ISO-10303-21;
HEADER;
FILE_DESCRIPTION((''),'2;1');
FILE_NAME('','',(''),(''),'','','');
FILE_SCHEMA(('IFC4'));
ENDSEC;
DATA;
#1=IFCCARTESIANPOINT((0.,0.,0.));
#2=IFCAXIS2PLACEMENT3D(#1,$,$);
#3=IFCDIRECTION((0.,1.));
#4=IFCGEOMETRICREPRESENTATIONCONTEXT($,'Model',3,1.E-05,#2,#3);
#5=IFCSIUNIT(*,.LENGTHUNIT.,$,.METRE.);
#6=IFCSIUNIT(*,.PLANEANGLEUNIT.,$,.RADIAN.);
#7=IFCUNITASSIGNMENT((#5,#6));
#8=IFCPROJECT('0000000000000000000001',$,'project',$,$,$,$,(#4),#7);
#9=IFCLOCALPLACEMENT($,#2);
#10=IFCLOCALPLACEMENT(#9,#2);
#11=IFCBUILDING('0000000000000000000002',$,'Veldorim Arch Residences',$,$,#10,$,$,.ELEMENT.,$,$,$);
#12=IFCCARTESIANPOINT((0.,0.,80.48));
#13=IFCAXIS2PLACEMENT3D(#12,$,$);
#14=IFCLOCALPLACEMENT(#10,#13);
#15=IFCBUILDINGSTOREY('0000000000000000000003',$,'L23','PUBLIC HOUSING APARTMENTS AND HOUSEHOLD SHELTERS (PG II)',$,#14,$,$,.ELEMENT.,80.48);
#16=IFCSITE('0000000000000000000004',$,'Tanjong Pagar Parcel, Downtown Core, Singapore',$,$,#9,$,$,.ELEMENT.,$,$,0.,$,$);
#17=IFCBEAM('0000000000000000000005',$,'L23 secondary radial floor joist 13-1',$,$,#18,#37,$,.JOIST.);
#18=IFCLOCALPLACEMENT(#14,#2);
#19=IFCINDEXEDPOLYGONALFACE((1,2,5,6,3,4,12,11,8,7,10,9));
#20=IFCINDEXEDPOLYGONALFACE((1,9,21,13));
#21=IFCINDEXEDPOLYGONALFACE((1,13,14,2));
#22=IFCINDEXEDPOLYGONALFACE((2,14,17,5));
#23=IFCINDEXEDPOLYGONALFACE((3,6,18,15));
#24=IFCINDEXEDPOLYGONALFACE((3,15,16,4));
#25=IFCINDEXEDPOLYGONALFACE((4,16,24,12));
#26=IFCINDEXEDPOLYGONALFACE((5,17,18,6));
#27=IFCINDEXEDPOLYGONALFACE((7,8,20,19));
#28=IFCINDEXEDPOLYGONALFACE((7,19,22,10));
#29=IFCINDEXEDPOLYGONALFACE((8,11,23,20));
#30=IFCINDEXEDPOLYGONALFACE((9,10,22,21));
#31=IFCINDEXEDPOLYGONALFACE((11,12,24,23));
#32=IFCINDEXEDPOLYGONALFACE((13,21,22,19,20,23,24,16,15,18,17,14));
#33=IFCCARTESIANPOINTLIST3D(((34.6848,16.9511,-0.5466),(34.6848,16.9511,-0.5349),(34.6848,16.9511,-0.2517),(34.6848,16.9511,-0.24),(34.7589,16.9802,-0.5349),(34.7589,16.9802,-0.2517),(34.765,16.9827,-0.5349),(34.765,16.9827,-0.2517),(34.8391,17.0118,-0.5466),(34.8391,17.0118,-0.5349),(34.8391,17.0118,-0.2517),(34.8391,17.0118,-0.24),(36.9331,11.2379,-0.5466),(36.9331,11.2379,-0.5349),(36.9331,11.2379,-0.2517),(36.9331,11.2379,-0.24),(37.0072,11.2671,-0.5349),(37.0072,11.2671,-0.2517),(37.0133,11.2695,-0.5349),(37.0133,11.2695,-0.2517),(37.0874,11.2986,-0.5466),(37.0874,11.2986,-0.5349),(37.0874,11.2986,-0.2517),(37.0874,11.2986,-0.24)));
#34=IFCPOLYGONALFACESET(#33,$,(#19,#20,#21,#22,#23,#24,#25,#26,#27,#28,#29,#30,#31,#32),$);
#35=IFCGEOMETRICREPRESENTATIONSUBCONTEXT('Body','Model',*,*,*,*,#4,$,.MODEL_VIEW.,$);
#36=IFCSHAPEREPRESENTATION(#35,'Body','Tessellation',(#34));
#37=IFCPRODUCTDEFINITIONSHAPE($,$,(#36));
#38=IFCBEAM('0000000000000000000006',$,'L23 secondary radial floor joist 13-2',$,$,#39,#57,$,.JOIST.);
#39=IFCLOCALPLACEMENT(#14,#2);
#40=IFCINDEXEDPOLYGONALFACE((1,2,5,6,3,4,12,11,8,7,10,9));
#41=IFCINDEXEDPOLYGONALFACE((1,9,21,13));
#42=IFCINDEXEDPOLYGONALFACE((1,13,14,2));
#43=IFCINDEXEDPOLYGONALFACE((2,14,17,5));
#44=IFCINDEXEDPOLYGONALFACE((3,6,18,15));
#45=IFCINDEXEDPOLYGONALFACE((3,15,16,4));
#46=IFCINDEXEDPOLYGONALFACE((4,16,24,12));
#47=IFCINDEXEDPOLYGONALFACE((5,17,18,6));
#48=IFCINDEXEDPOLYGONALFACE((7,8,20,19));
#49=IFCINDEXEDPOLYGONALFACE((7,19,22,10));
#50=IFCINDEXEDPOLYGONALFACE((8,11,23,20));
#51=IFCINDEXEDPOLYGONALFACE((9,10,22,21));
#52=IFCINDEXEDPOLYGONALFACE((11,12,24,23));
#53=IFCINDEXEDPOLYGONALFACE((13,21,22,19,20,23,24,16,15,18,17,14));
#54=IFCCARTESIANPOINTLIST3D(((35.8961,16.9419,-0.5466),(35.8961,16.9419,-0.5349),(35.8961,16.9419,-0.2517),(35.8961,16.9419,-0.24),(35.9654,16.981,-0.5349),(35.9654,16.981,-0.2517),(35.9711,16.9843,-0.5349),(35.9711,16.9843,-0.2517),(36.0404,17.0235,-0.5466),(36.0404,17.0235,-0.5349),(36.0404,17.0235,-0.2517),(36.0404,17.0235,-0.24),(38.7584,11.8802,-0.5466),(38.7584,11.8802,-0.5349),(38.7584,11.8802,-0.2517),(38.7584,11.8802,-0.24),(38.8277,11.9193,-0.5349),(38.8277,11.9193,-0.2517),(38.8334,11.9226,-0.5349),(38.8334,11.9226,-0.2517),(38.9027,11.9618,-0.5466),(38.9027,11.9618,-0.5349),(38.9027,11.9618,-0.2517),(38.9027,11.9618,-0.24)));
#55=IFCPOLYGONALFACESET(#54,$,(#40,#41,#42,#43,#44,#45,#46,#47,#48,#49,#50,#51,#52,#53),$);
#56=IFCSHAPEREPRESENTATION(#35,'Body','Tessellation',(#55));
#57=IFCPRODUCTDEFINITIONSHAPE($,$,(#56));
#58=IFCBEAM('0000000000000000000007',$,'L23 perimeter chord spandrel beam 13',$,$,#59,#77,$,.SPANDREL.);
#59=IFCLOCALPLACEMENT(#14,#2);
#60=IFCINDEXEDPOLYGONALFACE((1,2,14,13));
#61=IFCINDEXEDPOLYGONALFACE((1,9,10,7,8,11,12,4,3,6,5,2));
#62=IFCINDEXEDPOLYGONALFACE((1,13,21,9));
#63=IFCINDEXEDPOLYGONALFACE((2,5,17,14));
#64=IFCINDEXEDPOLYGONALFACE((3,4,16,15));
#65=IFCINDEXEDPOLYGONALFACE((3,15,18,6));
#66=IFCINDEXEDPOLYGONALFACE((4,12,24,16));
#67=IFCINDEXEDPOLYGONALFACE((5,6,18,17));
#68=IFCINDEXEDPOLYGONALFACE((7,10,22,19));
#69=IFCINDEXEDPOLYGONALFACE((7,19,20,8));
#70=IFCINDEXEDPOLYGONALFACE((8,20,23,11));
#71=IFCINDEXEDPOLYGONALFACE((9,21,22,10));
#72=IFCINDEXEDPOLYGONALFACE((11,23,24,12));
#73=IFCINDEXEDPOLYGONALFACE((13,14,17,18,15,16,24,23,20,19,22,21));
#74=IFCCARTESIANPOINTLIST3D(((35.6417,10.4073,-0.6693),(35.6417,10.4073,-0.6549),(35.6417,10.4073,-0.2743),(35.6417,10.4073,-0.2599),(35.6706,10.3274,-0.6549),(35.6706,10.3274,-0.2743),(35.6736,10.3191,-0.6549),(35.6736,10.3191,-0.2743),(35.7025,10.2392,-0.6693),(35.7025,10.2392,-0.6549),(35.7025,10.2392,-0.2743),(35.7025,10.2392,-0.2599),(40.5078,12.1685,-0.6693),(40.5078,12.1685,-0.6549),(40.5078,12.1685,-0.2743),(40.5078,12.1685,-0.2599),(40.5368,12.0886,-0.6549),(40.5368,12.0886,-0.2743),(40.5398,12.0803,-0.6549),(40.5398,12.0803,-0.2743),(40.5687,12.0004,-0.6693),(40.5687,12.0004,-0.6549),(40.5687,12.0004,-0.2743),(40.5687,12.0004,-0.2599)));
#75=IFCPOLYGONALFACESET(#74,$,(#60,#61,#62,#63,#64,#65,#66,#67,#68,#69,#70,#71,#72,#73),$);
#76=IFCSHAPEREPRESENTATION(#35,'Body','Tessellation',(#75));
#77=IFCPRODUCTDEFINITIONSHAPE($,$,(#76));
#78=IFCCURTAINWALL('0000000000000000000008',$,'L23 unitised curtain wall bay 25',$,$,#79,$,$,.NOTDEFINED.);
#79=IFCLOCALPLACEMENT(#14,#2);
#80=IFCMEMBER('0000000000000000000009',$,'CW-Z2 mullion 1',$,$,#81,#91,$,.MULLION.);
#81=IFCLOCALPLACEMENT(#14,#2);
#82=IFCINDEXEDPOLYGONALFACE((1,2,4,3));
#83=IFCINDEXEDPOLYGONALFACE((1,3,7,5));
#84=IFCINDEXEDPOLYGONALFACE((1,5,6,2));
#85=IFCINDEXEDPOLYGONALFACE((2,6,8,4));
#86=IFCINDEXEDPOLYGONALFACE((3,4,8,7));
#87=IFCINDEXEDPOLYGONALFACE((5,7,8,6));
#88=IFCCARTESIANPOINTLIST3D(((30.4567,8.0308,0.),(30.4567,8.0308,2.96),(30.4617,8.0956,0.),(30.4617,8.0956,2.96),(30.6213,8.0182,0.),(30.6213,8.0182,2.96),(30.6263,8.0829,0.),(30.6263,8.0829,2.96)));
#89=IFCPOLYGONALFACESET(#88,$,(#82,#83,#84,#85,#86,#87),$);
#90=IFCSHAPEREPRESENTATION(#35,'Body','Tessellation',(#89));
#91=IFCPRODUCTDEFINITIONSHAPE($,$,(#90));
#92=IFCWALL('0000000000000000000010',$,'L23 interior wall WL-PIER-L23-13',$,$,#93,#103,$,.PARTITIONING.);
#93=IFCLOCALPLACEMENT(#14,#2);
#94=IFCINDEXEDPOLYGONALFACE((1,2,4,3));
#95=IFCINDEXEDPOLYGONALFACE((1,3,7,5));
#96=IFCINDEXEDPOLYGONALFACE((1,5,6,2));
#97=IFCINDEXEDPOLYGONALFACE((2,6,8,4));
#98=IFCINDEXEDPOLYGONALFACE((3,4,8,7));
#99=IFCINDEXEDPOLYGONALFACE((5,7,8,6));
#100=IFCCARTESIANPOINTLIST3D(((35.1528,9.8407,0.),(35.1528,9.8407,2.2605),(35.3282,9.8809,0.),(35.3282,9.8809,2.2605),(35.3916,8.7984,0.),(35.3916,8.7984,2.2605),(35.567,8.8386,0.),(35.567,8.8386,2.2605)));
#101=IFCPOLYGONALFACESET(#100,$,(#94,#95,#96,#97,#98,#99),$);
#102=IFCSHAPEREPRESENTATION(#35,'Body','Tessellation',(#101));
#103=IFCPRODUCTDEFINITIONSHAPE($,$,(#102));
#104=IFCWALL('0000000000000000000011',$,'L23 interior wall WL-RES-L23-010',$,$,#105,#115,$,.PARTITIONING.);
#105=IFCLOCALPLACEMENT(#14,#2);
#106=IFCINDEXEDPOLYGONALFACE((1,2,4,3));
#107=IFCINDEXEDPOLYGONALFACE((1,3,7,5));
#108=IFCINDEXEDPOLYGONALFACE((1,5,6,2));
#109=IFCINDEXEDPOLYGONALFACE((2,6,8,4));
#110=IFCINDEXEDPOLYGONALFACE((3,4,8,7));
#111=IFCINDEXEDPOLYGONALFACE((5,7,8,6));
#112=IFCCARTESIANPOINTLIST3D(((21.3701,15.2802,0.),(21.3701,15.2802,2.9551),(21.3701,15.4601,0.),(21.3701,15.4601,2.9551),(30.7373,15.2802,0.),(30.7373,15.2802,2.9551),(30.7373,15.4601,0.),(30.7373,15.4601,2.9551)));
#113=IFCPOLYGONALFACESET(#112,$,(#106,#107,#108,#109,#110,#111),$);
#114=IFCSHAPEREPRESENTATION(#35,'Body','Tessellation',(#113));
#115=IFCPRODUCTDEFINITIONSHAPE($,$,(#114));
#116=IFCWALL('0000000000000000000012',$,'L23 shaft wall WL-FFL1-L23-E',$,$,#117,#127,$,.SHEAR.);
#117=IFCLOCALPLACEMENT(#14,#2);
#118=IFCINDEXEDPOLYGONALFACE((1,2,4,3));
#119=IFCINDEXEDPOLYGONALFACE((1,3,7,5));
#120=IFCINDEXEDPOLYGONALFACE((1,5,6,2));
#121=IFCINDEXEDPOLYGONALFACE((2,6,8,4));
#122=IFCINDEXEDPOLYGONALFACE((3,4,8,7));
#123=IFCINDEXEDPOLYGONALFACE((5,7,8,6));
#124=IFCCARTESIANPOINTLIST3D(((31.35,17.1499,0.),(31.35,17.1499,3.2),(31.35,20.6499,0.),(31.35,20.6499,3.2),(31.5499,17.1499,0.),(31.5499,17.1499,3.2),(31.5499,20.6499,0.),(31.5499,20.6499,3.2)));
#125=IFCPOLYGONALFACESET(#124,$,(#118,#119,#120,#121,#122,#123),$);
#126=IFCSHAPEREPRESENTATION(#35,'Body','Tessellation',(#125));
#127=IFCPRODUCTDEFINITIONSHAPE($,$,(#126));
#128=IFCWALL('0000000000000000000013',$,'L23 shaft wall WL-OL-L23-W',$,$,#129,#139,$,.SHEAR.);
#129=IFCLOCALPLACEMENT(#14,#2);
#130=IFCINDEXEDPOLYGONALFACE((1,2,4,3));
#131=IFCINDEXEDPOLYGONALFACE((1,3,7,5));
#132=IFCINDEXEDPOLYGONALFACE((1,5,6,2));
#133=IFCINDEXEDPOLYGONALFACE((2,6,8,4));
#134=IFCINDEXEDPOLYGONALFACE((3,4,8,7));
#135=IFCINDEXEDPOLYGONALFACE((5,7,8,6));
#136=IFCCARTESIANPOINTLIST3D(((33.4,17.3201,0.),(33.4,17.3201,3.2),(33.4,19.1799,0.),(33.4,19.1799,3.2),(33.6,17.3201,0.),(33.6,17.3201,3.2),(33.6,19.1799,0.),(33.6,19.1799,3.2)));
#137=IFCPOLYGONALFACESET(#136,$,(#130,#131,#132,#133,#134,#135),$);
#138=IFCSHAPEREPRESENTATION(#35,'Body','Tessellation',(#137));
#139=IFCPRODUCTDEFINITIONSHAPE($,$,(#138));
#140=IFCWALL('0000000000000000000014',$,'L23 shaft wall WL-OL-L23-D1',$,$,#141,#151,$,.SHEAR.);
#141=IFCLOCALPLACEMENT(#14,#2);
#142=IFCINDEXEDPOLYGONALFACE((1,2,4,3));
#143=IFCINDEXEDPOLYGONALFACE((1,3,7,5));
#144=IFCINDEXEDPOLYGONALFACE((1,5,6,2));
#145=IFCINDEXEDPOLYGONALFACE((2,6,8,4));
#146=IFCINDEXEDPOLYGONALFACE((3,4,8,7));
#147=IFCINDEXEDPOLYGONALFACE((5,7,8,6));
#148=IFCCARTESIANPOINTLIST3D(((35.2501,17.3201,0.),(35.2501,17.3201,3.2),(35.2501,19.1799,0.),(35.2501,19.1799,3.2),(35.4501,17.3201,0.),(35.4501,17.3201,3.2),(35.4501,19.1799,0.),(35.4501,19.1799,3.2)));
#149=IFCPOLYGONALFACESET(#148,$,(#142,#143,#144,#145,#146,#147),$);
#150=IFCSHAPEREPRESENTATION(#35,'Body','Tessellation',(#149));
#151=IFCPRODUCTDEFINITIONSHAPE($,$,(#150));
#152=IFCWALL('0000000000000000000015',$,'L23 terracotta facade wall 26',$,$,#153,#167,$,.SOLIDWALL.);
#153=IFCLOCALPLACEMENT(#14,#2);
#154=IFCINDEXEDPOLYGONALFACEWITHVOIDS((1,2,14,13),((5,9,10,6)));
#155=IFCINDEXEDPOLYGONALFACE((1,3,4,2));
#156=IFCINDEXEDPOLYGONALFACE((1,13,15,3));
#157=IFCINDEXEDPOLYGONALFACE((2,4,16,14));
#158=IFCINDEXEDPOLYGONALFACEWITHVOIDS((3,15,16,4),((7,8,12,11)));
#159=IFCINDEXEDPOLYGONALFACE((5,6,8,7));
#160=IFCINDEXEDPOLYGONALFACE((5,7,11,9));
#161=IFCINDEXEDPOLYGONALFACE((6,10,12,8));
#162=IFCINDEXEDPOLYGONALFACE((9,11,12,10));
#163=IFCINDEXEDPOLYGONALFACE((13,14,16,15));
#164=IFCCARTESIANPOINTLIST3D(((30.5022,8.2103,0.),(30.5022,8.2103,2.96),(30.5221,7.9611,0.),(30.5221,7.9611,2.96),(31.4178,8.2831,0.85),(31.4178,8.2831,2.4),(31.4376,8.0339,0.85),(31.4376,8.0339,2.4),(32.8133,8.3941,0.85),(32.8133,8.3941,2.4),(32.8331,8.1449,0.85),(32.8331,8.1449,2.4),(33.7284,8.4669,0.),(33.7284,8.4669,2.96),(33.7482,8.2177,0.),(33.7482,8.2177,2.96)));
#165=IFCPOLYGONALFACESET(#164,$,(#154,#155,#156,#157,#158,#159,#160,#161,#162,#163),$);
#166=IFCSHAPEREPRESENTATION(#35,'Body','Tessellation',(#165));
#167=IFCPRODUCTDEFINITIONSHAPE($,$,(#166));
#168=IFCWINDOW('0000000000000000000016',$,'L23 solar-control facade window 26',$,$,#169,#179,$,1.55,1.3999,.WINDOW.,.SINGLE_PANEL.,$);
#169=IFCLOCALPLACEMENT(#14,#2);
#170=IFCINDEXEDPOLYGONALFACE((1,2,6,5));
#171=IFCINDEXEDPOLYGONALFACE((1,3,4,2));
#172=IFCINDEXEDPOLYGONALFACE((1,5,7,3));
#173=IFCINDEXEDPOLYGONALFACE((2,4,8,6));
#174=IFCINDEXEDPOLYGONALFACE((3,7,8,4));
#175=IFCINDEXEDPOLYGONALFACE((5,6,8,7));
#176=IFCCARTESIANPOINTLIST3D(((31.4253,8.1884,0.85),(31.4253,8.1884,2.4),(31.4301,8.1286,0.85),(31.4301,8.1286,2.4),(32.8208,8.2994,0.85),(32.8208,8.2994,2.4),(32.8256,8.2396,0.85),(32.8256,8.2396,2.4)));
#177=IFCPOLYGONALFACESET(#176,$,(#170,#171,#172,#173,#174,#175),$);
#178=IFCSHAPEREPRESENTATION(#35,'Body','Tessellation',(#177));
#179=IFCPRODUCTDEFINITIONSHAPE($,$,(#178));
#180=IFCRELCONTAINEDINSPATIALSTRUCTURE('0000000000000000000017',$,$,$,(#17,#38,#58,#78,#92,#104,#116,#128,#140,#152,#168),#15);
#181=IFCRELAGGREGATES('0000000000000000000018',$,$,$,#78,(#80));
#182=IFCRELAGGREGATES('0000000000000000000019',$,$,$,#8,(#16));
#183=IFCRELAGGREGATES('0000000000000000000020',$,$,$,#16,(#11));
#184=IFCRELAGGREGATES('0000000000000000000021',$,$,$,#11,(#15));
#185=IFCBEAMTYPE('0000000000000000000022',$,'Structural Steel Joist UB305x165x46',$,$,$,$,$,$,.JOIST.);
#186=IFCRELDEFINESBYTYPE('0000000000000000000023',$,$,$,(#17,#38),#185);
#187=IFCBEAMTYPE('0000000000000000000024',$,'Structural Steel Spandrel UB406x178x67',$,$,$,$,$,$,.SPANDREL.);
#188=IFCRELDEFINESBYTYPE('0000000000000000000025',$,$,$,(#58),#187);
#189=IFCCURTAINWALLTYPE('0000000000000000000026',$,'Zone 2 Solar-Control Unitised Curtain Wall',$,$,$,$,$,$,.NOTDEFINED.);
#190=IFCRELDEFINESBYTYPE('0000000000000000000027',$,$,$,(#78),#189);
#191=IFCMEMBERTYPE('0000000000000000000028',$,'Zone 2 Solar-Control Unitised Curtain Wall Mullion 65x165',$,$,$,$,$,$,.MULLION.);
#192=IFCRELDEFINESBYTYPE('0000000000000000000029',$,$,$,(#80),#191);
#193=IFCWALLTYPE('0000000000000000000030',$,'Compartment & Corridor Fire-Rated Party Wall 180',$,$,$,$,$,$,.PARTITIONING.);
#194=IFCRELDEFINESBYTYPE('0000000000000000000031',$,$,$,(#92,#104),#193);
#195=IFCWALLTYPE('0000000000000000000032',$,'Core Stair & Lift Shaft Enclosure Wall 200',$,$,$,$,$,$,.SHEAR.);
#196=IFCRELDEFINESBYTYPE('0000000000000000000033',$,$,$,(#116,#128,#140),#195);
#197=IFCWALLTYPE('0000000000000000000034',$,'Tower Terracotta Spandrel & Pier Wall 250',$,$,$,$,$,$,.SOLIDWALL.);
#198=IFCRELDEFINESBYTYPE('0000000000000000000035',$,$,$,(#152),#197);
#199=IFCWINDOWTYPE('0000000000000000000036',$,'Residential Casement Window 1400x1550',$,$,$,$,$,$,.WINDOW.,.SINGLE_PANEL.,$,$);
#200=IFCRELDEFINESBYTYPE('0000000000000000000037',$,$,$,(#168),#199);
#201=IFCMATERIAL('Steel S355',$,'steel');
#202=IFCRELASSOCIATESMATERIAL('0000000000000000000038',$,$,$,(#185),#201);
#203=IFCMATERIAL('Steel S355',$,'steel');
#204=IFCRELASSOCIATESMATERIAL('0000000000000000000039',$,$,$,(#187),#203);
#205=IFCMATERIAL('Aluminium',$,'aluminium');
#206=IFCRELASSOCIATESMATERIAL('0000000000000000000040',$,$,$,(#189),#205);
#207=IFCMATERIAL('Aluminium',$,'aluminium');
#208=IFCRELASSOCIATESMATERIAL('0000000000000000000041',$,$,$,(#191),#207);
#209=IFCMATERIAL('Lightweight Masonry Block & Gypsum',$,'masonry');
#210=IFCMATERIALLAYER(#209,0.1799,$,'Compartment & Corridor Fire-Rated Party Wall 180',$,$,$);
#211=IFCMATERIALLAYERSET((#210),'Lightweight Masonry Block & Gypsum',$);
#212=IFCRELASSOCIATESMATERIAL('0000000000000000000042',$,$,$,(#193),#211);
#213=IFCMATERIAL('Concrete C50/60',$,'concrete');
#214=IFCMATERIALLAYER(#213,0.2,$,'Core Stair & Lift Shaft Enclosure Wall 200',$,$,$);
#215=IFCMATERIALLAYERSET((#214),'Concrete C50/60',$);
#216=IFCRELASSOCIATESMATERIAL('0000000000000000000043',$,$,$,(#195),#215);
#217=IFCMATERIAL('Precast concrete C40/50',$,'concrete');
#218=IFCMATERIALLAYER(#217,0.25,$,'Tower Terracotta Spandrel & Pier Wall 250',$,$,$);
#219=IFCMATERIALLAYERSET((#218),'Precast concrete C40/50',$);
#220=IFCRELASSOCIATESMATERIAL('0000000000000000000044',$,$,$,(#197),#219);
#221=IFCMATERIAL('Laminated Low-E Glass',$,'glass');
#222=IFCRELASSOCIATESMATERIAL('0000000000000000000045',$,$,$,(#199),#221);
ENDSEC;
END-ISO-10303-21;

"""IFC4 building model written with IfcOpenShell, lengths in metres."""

from ifc_helpers import new_model, si_unit, direction, frame, frame_2d, origin, origin_2d, place, context, subcontext, project, spatial, rectangle, i_section, extrude, material, layer, layer_set, material_profile, profile_set, type_object, element, fill, aggregate, save


model = new_model("IFC4")

# Units and contexts
model_context = context("Model", 3, precision=1e-05, world=origin(), true_north=direction((0.0, 1.0)))
body_context = subcontext(model_context, "Body", "Model", "MODEL_VIEW")
ifc_project = project(units=[si_unit("LENGTHUNIT", "METRE"), si_unit("PLANEANGLEUNIT", "RADIAN")], contexts=[model_context])

# Site, building, storey
site_placement = place(None, origin())
site = spatial("IfcSite", under=ifc_project, at=site_placement, Name="Tanjong Pagar Parcel, Downtown Core, Singapore", CompositionType="ELEMENT", RefElevation=0.0)
building_placement = place(site_placement, origin())
building = spatial("IfcBuilding", under=site, at=building_placement, Name="Veldorim Arch Residences", CompositionType="ELEMENT")
storey_placement = place(building_placement, frame((0.0, 0.0, 80.48)))
storey = spatial("IfcBuildingStorey", under=building, at=storey_placement, Name="L23", Description="PUBLIC HOUSING APARTMENTS AND HOUSEHOLD SHELTERS (PG II)", CompositionType="ELEMENT", Elevation=80.48)

# Beams
ifc_material_1 = material(Name="Steel S355", Category="steel")
ifc_material_profile_1 = material_profile(ifc_material_1, i_section(OverallWidth=0.1658, OverallDepth=0.3066, WebThickness=0.0066, FlangeThickness=0.0117, at=origin_2d()), Name="UB305x165x46")
ifc_profile_set_1 = profile_set([ifc_material_profile_1], Name="Steel S355")
beam_type_1 = type_object("IfcBeamType", Name="Structural Steel Joist UB305x165x46", PredefinedType="JOIST", material=ifc_profile_set_1)
beam_1_placement = place(storey_placement, frame((34.762, 16.9814, -0.3933), z_axis=(0.366195, -0.930538, 0.0), x_axis=(0.930538, 0.366195, 0.0)))
element("IfcBeam", 1, at=beam_1_placement, inside=storey, type_object=beam_type_1, Name="L23 secondary radial floor joist 13-1", PredefinedType="JOIST", context=body_context, shape_type="SweptSolid", body=[
    extrude(i_section(OverallWidth=0.1658, OverallDepth=0.3066, WebThickness=0.0066, FlangeThickness=0.0117, at=origin_2d()), origin(), (0.0, 0.0, 1.0), 6.1396),
])
beam_2_placement = place(storey_placement, frame((35.9683, 16.9827, -0.3933), z_axis=(0.492227, -0.870467, 0.0), x_axis=(0.870467, 0.492227, 0.0)))
element("IfcBeam", 2, at=beam_2_placement, inside=storey, type_object=beam_type_1, Name="L23 secondary radial floor joist 13-2", PredefinedType="JOIST", context=body_context, shape_type="SweptSolid", body=[
    extrude(i_section(OverallWidth=0.1658, OverallDepth=0.3066, WebThickness=0.0066, FlangeThickness=0.0117, at=origin_2d()), origin(), (0.0, 0.0, 1.0), 5.8149),
])
ifc_material_2 = material(Name="Steel S355", Category="steel")
ifc_material_profile_2 = material_profile(ifc_material_2, i_section(OverallWidth=0.1787, OverallDepth=0.4094, WebThickness=0.0088, FlangeThickness=0.0144, at=origin_2d()), Name="UB406x178x67")
ifc_profile_set_2 = profile_set([ifc_material_profile_2], Name="Steel S355")
beam_type_2 = type_object("IfcBeamType", Name="Structural Steel Spandrel UB406x178x67", PredefinedType="SPANDREL", material=ifc_profile_set_2)
beam_3_placement = place(storey_placement, frame((35.6721, 10.3232, -0.4646), z_axis=(0.940308, 0.340326, 0.0), x_axis=(-0.340326, 0.940308, 0.0)))
element("IfcBeam", 3, at=beam_3_placement, inside=storey, type_object=beam_type_2, Name="L23 perimeter chord spandrel beam 13", PredefinedType="SPANDREL", context=body_context, shape_type="SweptSolid", body=[
    extrude(i_section(OverallWidth=0.1787, OverallDepth=0.4094, WebThickness=0.0088, FlangeThickness=0.0144, at=origin_2d()), origin(), (0.0, 0.0, 1.0), 5.175),
])

# Curtain wall, member
ifc_material_3 = material(Name="Aluminium", Category="aluminium")
curtain_wall_type = type_object("IfcCurtainWallType", Name="Zone 2 Solar-Control Unitised Curtain Wall", PredefinedType="NOTDEFINED", material=ifc_material_3)
curtain_wall_placement = place(storey_placement, origin())
curtain_wall = element("IfcCurtainWall", 4, at=curtain_wall_placement, inside=storey, type_object=curtain_wall_type, Name="L23 unitised curtain wall bay 25", PredefinedType="NOTDEFINED")
ifc_material_4 = material(Name="Aluminium", Category="aluminium")
ifc_material_profile_3 = material_profile(ifc_material_4, rectangle(XDim=0.0649, YDim=0.165, at=origin_2d()), Name="ALU_MUL_65x165")
ifc_profile_set_3 = profile_set([ifc_material_profile_3], Name="Aluminium")
member_type = type_object("IfcMemberType", Name="Zone 2 Solar-Control Unitised Curtain Wall Mullion 65x165", PredefinedType="MULLION", material=ifc_profile_set_3)
member_placement = place(storey_placement, frame((30.5415, 8.0569, 0.0), z_axis=(0.0, 0.0, 1.0), x_axis=(-0.076696, -0.997054, 0.0)))
member = element("IfcMember", 5, at=member_placement, type_object=member_type, Name="CW-Z2 mullion 1", PredefinedType="MULLION", context=body_context, shape_type="SweptSolid", body=[
    extrude(rectangle(XDim=0.0649, YDim=0.165, at=origin_2d()), origin(), (0.0, 0.0, 1.0), 2.96),
])
aggregate(curtain_wall, [member])

# Walls
ifc_material_5 = material(Name="Lightweight Masonry Block & Gypsum", Category="masonry")
ifc_layer_1 = layer(ifc_material_5, 0.1799, Name="Compartment & Corridor Fire-Rated Party Wall 180")
ifc_layer_set_1 = layer_set([ifc_layer_1], Name="Lightweight Masonry Block & Gypsum")
wall_type_1 = type_object("IfcWallType", Name="Compartment & Corridor Fire-Rated Party Wall 180", PredefinedType="PARTITIONING", material=ifc_layer_set_1)
wall_1_placement = place(storey_placement, frame((35.2405, 9.8608, 0.0), z_axis=(0.0, 0.0, 1.0), x_axis=(0.223308, -0.974748, 0.0)))
element("IfcWall", 6, at=wall_1_placement, inside=storey, type_object=wall_type_1, Name="L23 interior wall WL-PIER-L23-13", PredefinedType="PARTITIONING", context=body_context, shape_type="SweptSolid", body=[
    extrude(rectangle(XDim=1.0693, YDim=0.1799, at=frame_2d((0.5347, 0.0))), origin(), (0.0, 0.0, 1.0), 2.2605),
])
wall_2_placement = place(storey_placement, frame((30.7373, 15.3701, 0.0), z_axis=(0.0, 0.0, 1.0), x_axis=(-1.0, 0.0, 0.0)))
element("IfcWall", 7, at=wall_2_placement, inside=storey, type_object=wall_type_1, Name="L23 interior wall WL-RES-L23-010", PredefinedType="PARTITIONING", context=body_context, shape_type="SweptSolid", body=[
    extrude(rectangle(XDim=9.3672, YDim=0.1799, at=frame_2d((4.6836, 0.0))), origin(), (0.0, 0.0, 1.0), 2.9551),
])
ifc_material_6 = material(Name="Concrete C50/60", Category="concrete")
ifc_layer_2 = layer(ifc_material_6, 0.2, Name="Core Stair & Lift Shaft Enclosure Wall 200")
ifc_layer_set_2 = layer_set([ifc_layer_2], Name="Concrete C50/60")
wall_type_2 = type_object("IfcWallType", Name="Core Stair & Lift Shaft Enclosure Wall 200", PredefinedType="SHEAR", material=ifc_layer_set_2)
wall_3_placement = place(storey_placement, frame((31.45, 17.1499, 0.0), z_axis=(0.0, 0.0, 1.0), x_axis=(0.0, 1.0, 0.0)))
element("IfcWall", 8, at=wall_3_placement, inside=storey, type_object=wall_type_2, Name="L23 shaft wall WL-FFL1-L23-E", PredefinedType="SHEAR", context=body_context, shape_type="SweptSolid", body=[
    extrude(rectangle(XDim=3.5, YDim=0.2, at=frame_2d((1.75, 0.0))), origin(), (0.0, 0.0, 1.0), 3.2),
])
for number, where, z_axis, x_axis, name in (
    (9, (33.5, 17.3201, 0.0), (0.0, 0.0, 1.0), (0.0, 1.0, 0.0), "L23 shaft wall WL-OL-L23-W"),
    (10, (35.3501, 17.3201, 0.0), (0.0, 0.0, 1.0), (0.0, 1.0, 0.0), "L23 shaft wall WL-OL-L23-D1"),
):
    element("IfcWall", number, at=place(storey_placement, frame(where, z_axis=z_axis, x_axis=x_axis)), inside=storey, type_object=wall_type_2, Name=name, PredefinedType="SHEAR", context=body_context, shape_type="SweptSolid", body=[
        extrude(rectangle(XDim=1.8599, YDim=0.2, at=frame_2d((0.9299, 0.0))), origin(), (0.0, 0.0, 1.0), 3.2),
    ])

# Wall, opening, window
ifc_material_7 = material(Name="Precast concrete C40/50", Category="concrete")
ifc_layer_3 = layer(ifc_material_7, 0.25, Name="Tower Terracotta Spandrel & Pier Wall 250")
ifc_layer_set_3 = layer_set([ifc_layer_3], Name="Precast concrete C40/50")
wall_type_3 = type_object("IfcWallType", Name="Tower Terracotta Spandrel & Pier Wall 250", PredefinedType="SOLIDWALL", material=ifc_layer_set_3)
wall_4_placement = place(storey_placement, frame((33.7383, 8.3423, 0.0), z_axis=(0.0, 0.0, 1.0), x_axis=(-0.996852, -0.079286, 0.0)))
wall_4 = element("IfcWall", 11, at=wall_4_placement, inside=storey, type_object=wall_type_3, Name="L23 terracotta facade wall 26", PredefinedType="SOLIDWALL", context=body_context, shape_type="SweptSolid", body=[
    extrude(rectangle(XDim=3.2363, YDim=0.25, at=frame_2d((1.6182, 0.0))), origin(), (0.0, 0.0, 1.0), 2.96),
])
opening_placement = place(wall_4_placement, frame((0.918, 0.0, 0.8501)))
opening = element("IfcOpeningElement", 12, at=opening_placement, cuts=wall_4, PredefinedType="OPENING", context=body_context, shape_type="SweptSolid", body=[
    extrude(rectangle(XDim=1.3999, YDim=1.55, at=frame_2d((0.7, 0.7749))), frame((0.0, 0.135, 0.0), z_axis=(0.0, -1.0, 0.0), x_axis=(1.0, 0.0, 0.0)), (0.0, 0.0, 1.0), 0.27),
])
ifc_material_8 = material(Name="Laminated Low-E Glass", Category="glass")
window_type = type_object("IfcWindowType", Name="Residential Casement Window 1400x1550", PartitioningType="SINGLE_PANEL", PredefinedType="WINDOW", material=ifc_material_8)
window_placement = place(opening_placement, origin())
window = element("IfcWindow", 13, at=window_placement, inside=storey, type_object=window_type, Name="L23 solar-control facade window 26", OverallHeight=1.55, OverallWidth=1.3999, PartitioningType="SINGLE_PANEL", PredefinedType="WINDOW", context=body_context, shape_type="SweptSolid", body=[
    extrude(rectangle(XDim=1.3999, YDim=1.55, at=frame_2d((0.7, 0.7749))), frame((0.0, 0.03, 0.0), z_axis=(0.0, -1.0, 0.0), x_axis=(1.0, 0.0, 0.0)), (0.0, 0.0, 1.0), 0.0601),
])
fill(opening, window)

save(model, "model.ifc")
